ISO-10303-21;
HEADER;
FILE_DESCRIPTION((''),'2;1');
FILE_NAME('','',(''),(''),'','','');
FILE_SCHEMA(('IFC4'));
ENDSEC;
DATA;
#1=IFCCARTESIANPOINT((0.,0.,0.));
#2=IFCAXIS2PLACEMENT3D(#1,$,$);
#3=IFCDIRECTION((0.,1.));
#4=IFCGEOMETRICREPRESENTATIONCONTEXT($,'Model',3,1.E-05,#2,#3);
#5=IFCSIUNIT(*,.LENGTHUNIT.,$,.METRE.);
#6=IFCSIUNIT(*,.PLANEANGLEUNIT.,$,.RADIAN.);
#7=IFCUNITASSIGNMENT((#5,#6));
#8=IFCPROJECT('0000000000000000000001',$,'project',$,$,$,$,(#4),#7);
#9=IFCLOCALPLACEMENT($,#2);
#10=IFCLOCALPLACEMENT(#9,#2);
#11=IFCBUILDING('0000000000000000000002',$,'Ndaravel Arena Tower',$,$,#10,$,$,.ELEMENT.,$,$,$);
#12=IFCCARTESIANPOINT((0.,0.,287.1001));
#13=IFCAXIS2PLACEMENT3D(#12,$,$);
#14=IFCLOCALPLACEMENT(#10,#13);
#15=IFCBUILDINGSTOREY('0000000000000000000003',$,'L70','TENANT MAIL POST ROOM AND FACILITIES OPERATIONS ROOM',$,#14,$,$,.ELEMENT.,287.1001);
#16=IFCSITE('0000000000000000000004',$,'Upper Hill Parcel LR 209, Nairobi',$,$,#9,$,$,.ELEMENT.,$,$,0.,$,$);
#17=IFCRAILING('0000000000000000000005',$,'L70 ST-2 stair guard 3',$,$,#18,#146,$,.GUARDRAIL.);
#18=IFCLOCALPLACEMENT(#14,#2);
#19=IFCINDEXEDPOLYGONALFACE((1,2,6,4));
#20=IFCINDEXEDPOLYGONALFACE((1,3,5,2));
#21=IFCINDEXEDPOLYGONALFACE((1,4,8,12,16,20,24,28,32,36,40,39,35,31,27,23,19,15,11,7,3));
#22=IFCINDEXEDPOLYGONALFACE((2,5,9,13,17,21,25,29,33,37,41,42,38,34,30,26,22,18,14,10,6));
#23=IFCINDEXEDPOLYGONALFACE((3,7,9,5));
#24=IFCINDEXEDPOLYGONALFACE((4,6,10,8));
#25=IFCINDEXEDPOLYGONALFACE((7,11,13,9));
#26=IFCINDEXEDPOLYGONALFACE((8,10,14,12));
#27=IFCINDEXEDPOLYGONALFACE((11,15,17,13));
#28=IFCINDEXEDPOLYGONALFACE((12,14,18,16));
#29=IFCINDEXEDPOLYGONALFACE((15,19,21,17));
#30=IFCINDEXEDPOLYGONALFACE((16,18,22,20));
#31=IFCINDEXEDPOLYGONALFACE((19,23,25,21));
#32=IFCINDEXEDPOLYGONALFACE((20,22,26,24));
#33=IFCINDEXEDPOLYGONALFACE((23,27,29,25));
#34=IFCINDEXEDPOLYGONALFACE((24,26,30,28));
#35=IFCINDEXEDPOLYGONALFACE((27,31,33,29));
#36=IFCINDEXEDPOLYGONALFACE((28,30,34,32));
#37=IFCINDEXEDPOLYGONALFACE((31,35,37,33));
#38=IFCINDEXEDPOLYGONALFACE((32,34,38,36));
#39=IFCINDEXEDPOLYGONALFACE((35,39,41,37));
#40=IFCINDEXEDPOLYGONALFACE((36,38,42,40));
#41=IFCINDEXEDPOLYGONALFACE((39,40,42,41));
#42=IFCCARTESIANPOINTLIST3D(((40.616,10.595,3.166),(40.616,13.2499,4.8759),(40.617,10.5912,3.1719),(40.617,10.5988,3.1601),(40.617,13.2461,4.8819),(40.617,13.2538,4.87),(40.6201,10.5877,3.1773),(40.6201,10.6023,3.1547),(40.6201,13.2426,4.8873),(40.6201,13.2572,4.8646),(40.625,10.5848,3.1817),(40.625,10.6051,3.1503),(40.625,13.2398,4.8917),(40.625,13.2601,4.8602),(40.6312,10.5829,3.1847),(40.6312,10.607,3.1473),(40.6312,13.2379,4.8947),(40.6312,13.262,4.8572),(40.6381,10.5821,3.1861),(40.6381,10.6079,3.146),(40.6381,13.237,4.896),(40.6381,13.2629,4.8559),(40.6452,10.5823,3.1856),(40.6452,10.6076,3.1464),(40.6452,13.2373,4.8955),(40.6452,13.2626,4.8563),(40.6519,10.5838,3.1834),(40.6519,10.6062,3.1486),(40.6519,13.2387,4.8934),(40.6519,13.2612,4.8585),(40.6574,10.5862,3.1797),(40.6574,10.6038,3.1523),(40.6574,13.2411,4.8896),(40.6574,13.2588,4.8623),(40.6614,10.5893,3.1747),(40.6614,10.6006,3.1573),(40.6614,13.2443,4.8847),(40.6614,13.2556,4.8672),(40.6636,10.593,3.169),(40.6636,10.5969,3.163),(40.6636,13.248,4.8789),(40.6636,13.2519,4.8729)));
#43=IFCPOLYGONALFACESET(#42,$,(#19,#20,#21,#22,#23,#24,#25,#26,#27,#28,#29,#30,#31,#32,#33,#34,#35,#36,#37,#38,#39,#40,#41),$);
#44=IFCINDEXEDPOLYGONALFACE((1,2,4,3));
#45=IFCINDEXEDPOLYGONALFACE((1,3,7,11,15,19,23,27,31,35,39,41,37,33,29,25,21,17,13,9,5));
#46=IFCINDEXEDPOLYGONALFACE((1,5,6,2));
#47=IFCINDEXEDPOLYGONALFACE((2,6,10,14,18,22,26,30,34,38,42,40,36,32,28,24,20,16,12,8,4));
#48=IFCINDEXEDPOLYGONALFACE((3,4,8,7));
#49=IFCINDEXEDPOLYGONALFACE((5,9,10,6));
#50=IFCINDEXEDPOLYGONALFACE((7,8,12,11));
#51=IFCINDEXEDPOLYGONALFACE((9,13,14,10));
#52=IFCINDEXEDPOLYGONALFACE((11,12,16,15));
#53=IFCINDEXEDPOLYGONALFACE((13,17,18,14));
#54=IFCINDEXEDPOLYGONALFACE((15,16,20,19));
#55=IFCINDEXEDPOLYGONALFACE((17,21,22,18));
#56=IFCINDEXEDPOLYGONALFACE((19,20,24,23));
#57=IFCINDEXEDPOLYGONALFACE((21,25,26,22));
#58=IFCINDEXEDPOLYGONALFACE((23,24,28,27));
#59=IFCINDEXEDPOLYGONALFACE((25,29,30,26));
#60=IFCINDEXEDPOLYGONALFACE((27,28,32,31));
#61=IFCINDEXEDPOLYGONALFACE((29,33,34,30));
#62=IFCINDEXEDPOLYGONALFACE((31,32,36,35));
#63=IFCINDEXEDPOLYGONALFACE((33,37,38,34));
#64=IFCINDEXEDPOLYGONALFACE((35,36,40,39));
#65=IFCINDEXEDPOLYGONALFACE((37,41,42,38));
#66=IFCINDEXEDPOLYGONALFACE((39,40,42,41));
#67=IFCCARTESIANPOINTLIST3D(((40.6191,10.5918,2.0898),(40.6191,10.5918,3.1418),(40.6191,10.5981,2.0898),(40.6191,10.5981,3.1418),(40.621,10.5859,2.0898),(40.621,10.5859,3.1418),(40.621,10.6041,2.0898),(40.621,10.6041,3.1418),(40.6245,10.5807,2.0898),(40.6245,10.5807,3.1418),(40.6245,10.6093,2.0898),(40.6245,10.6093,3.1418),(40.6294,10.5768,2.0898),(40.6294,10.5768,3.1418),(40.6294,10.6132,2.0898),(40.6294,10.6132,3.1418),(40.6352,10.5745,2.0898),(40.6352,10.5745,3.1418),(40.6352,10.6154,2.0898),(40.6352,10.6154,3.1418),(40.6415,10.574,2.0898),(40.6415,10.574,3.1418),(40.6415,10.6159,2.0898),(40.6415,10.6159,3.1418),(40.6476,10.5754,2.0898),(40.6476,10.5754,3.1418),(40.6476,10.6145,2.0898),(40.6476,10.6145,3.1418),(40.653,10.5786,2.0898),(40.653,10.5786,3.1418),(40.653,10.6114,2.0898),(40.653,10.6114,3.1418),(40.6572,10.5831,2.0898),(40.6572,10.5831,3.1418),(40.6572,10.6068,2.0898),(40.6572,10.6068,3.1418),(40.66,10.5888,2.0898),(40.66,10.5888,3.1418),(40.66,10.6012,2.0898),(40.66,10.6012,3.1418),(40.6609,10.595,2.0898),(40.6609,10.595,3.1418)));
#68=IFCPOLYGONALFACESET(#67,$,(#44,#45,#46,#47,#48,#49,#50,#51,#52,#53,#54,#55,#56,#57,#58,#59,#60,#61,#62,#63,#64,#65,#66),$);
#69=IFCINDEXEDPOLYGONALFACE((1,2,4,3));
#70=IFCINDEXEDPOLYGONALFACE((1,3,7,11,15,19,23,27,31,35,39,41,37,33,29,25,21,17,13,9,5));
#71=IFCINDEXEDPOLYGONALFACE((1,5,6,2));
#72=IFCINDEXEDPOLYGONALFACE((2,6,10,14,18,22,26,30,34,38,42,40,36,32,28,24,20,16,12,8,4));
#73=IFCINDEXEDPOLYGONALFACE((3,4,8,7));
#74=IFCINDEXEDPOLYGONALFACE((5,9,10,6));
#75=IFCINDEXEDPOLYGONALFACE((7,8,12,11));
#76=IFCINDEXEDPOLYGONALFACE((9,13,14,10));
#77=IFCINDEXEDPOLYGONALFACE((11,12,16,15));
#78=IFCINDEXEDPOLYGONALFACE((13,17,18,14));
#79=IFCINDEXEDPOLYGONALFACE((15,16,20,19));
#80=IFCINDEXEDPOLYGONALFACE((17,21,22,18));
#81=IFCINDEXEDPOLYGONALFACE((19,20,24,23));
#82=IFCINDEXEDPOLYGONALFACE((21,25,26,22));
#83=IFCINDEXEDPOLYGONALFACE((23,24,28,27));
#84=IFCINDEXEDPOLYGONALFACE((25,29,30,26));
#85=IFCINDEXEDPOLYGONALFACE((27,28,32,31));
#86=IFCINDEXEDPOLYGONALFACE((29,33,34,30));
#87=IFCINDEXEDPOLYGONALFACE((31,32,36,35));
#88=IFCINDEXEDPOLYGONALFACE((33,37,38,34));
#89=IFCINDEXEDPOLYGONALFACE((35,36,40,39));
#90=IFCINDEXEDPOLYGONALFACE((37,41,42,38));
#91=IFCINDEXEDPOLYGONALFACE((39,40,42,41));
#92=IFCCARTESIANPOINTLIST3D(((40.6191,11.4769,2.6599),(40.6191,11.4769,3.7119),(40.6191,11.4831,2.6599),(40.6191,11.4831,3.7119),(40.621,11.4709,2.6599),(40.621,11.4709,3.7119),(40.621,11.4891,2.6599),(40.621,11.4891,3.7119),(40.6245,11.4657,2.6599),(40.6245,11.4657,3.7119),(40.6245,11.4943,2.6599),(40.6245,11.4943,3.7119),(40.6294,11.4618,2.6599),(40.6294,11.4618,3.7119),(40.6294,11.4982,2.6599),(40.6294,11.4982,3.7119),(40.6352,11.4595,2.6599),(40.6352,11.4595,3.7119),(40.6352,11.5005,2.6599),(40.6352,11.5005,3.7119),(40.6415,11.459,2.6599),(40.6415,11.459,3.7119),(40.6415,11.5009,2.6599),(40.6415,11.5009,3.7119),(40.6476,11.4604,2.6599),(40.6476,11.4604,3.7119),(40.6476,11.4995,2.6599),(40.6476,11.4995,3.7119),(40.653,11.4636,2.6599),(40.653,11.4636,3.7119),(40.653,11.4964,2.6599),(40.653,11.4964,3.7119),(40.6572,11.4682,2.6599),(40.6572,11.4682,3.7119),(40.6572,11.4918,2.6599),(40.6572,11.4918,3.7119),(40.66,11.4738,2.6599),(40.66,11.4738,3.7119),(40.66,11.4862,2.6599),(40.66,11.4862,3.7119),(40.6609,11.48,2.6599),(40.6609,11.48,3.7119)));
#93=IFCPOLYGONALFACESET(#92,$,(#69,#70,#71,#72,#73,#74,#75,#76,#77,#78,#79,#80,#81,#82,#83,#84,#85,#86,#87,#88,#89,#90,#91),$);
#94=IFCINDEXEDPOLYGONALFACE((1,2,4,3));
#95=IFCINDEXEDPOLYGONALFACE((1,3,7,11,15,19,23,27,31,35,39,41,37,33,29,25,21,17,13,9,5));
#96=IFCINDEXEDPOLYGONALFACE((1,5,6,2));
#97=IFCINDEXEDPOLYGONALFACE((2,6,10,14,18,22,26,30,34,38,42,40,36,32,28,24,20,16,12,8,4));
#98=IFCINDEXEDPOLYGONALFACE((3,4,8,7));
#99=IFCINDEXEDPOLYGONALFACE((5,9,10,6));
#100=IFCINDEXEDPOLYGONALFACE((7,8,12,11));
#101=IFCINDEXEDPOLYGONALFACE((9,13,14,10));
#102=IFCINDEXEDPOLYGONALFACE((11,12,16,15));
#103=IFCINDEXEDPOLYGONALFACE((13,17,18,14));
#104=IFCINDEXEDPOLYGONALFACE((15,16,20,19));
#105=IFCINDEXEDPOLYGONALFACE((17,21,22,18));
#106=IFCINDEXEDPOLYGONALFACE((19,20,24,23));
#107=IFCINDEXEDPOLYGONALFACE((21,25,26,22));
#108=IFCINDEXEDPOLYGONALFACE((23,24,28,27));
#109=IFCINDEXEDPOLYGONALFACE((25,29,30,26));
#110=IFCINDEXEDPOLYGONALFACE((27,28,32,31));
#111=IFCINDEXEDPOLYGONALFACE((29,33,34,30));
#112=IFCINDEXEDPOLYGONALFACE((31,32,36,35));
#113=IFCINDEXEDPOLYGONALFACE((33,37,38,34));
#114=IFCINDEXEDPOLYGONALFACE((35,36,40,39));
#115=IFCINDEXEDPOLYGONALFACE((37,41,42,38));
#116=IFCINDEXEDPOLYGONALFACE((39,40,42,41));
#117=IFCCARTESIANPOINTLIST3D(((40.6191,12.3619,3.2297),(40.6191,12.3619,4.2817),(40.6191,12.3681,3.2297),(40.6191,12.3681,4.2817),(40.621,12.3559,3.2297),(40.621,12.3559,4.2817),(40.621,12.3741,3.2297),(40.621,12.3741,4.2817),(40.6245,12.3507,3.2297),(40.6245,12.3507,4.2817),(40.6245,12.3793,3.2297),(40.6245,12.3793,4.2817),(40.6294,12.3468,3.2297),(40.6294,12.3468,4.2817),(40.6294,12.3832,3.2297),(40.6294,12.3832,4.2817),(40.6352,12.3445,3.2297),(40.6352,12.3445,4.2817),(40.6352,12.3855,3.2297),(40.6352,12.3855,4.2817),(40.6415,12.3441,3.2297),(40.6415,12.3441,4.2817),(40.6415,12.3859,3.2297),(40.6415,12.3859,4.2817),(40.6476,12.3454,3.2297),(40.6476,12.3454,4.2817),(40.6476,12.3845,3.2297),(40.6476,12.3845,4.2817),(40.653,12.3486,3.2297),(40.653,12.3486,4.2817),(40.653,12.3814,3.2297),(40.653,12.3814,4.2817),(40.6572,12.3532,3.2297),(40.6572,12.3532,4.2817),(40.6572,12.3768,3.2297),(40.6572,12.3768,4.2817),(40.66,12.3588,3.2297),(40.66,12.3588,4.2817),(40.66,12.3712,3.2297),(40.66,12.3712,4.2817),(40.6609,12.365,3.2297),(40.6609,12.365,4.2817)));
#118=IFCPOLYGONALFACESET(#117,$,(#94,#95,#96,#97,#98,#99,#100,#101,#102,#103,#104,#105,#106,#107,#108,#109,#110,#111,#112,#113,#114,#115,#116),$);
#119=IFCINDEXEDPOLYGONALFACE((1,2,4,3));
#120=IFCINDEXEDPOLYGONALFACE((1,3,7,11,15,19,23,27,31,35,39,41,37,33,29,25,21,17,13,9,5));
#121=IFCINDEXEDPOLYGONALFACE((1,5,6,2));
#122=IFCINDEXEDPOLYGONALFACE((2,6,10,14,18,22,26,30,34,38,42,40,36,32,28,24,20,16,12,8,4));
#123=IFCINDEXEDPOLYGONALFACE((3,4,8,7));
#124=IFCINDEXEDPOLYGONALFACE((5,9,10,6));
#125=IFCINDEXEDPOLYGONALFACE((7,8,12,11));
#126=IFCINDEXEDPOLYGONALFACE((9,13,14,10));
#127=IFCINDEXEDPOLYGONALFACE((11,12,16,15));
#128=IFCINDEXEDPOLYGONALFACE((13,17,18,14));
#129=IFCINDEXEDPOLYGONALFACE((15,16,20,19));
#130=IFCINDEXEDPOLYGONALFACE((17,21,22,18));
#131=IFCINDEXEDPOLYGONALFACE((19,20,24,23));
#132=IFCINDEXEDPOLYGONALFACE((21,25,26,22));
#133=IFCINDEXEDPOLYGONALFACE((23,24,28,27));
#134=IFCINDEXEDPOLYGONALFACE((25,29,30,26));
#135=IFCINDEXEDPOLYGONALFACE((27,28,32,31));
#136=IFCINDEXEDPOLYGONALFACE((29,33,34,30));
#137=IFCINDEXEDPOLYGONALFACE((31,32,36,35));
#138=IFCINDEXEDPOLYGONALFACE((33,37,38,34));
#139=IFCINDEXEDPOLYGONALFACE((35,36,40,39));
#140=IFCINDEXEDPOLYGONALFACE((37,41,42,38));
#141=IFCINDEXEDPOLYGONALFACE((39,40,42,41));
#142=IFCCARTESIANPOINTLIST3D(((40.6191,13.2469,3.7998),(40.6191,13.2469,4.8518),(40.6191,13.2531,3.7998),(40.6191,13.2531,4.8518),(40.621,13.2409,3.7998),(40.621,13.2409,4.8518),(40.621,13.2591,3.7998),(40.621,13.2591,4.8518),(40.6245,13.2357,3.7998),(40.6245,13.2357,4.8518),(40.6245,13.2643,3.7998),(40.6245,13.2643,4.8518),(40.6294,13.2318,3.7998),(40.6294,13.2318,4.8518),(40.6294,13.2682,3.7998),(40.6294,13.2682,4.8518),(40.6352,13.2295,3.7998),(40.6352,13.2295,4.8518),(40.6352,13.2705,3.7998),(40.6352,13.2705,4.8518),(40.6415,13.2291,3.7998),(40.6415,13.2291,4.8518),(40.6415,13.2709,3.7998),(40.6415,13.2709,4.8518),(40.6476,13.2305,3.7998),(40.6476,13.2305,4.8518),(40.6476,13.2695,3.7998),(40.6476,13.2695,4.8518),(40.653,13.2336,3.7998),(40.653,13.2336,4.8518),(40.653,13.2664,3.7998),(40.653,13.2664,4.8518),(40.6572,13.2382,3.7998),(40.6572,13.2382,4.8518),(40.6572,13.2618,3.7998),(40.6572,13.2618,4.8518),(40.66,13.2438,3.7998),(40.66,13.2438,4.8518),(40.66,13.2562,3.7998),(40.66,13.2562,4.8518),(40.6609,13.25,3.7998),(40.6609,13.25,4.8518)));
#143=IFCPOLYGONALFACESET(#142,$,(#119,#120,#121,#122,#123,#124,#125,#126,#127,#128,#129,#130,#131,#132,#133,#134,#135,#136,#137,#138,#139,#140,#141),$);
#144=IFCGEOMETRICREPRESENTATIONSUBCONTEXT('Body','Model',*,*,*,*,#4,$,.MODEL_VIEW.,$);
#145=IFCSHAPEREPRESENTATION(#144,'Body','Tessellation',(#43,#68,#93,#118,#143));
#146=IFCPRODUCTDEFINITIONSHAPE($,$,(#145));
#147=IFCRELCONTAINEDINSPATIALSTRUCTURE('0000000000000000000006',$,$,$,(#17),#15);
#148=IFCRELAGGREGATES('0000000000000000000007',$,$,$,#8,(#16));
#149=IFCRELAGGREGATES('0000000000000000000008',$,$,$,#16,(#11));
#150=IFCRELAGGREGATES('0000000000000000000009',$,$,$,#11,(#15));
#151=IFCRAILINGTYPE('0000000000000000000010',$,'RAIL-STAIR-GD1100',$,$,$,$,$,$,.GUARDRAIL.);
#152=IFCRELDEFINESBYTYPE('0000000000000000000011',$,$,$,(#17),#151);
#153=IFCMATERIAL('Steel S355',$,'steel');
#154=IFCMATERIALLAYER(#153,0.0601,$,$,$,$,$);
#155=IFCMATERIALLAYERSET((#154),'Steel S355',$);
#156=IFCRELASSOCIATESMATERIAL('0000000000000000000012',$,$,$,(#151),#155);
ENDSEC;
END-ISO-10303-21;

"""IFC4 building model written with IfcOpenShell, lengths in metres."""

from ifc_helpers import new_model, si_unit, direction, frame, origin, origin_2d, place, context, subcontext, project, spatial, circle, extrude, material, layer, layer_set, type_object, element, save


model = new_model("IFC4")

# Units and contexts
model_context = context("Model", 3, precision=1e-05, world=origin(), true_north=direction((0.0, 1.0)))
body_context = subcontext(model_context, "Body", "Model", "MODEL_VIEW")
ifc_project = project(units=[si_unit("LENGTHUNIT", "METRE"), si_unit("PLANEANGLEUNIT", "RADIAN")], contexts=[model_context])

# Site, building, storey
site_placement = place(None, origin())
site = spatial("IfcSite", under=ifc_project, at=site_placement, Name="Upper Hill Parcel LR 209, Nairobi", CompositionType="ELEMENT", RefElevation=0.0)
building_placement = place(site_placement, origin())
building = spatial("IfcBuilding", under=site, at=building_placement, Name="Ndaravel Arena Tower", CompositionType="ELEMENT")
storey_placement = place(building_placement, frame((0.0, 0.0, 287.1001)))
storey = spatial("IfcBuildingStorey", under=building, at=storey_placement, Name="L70", Description="TENANT MAIL POST ROOM AND FACILITIES OPERATIONS ROOM", CompositionType="ELEMENT", Elevation=287.1001)

# Railing
ifc_material_1 = material(Name="Steel S355", Category="steel")
ifc_layer_1 = layer(ifc_material_1, 0.0601)
ifc_layer_set_1 = layer_set([ifc_layer_1], Name="Steel S355")
railing_type_1 = type_object("IfcRailingType", Name="RAIL-STAIR-GD1100", PredefinedType="GUARDRAIL", material=ifc_layer_set_1)
railing_1_placement = place(storey_placement, frame((40.6399, 10.595, 2.0898)))
element("IfcRailing", 1, at=railing_1_placement, inside=storey, type_object=railing_type_1, Name="L70 ST-2 stair guard 3", PredefinedType="GUARDRAIL", context=body_context, shape_type="SweptSolid", body=[
    extrude(circle(Radius=0.0239, at=origin_2d()), frame((0.0, 0.0, 1.0762), z_axis=(0.0, 0.840724, 0.541465), x_axis=(-1.0, 0.0, 0.0)), (0.0, 0.0, 1.0), 3.158),
    extrude(circle(Radius=0.021, at=origin_2d()), origin(), (0.0, 0.0, 1.0), 1.052),
    extrude(circle(Radius=0.021, at=origin_2d()), frame((0.0, 0.885, 0.5701)), (0.0, 0.0, 1.0), 1.052),
    extrude(circle(Radius=0.021, at=origin_2d()), frame((0.0, 1.77, 1.1399)), (0.0, 0.0, 1.0), 1.052),
    extrude(circle(Radius=0.021, at=origin_2d()), frame((0.0, 2.655, 1.71)), (0.0, 0.0, 1.0), 1.052),
])

save(model, "model.ifc")
